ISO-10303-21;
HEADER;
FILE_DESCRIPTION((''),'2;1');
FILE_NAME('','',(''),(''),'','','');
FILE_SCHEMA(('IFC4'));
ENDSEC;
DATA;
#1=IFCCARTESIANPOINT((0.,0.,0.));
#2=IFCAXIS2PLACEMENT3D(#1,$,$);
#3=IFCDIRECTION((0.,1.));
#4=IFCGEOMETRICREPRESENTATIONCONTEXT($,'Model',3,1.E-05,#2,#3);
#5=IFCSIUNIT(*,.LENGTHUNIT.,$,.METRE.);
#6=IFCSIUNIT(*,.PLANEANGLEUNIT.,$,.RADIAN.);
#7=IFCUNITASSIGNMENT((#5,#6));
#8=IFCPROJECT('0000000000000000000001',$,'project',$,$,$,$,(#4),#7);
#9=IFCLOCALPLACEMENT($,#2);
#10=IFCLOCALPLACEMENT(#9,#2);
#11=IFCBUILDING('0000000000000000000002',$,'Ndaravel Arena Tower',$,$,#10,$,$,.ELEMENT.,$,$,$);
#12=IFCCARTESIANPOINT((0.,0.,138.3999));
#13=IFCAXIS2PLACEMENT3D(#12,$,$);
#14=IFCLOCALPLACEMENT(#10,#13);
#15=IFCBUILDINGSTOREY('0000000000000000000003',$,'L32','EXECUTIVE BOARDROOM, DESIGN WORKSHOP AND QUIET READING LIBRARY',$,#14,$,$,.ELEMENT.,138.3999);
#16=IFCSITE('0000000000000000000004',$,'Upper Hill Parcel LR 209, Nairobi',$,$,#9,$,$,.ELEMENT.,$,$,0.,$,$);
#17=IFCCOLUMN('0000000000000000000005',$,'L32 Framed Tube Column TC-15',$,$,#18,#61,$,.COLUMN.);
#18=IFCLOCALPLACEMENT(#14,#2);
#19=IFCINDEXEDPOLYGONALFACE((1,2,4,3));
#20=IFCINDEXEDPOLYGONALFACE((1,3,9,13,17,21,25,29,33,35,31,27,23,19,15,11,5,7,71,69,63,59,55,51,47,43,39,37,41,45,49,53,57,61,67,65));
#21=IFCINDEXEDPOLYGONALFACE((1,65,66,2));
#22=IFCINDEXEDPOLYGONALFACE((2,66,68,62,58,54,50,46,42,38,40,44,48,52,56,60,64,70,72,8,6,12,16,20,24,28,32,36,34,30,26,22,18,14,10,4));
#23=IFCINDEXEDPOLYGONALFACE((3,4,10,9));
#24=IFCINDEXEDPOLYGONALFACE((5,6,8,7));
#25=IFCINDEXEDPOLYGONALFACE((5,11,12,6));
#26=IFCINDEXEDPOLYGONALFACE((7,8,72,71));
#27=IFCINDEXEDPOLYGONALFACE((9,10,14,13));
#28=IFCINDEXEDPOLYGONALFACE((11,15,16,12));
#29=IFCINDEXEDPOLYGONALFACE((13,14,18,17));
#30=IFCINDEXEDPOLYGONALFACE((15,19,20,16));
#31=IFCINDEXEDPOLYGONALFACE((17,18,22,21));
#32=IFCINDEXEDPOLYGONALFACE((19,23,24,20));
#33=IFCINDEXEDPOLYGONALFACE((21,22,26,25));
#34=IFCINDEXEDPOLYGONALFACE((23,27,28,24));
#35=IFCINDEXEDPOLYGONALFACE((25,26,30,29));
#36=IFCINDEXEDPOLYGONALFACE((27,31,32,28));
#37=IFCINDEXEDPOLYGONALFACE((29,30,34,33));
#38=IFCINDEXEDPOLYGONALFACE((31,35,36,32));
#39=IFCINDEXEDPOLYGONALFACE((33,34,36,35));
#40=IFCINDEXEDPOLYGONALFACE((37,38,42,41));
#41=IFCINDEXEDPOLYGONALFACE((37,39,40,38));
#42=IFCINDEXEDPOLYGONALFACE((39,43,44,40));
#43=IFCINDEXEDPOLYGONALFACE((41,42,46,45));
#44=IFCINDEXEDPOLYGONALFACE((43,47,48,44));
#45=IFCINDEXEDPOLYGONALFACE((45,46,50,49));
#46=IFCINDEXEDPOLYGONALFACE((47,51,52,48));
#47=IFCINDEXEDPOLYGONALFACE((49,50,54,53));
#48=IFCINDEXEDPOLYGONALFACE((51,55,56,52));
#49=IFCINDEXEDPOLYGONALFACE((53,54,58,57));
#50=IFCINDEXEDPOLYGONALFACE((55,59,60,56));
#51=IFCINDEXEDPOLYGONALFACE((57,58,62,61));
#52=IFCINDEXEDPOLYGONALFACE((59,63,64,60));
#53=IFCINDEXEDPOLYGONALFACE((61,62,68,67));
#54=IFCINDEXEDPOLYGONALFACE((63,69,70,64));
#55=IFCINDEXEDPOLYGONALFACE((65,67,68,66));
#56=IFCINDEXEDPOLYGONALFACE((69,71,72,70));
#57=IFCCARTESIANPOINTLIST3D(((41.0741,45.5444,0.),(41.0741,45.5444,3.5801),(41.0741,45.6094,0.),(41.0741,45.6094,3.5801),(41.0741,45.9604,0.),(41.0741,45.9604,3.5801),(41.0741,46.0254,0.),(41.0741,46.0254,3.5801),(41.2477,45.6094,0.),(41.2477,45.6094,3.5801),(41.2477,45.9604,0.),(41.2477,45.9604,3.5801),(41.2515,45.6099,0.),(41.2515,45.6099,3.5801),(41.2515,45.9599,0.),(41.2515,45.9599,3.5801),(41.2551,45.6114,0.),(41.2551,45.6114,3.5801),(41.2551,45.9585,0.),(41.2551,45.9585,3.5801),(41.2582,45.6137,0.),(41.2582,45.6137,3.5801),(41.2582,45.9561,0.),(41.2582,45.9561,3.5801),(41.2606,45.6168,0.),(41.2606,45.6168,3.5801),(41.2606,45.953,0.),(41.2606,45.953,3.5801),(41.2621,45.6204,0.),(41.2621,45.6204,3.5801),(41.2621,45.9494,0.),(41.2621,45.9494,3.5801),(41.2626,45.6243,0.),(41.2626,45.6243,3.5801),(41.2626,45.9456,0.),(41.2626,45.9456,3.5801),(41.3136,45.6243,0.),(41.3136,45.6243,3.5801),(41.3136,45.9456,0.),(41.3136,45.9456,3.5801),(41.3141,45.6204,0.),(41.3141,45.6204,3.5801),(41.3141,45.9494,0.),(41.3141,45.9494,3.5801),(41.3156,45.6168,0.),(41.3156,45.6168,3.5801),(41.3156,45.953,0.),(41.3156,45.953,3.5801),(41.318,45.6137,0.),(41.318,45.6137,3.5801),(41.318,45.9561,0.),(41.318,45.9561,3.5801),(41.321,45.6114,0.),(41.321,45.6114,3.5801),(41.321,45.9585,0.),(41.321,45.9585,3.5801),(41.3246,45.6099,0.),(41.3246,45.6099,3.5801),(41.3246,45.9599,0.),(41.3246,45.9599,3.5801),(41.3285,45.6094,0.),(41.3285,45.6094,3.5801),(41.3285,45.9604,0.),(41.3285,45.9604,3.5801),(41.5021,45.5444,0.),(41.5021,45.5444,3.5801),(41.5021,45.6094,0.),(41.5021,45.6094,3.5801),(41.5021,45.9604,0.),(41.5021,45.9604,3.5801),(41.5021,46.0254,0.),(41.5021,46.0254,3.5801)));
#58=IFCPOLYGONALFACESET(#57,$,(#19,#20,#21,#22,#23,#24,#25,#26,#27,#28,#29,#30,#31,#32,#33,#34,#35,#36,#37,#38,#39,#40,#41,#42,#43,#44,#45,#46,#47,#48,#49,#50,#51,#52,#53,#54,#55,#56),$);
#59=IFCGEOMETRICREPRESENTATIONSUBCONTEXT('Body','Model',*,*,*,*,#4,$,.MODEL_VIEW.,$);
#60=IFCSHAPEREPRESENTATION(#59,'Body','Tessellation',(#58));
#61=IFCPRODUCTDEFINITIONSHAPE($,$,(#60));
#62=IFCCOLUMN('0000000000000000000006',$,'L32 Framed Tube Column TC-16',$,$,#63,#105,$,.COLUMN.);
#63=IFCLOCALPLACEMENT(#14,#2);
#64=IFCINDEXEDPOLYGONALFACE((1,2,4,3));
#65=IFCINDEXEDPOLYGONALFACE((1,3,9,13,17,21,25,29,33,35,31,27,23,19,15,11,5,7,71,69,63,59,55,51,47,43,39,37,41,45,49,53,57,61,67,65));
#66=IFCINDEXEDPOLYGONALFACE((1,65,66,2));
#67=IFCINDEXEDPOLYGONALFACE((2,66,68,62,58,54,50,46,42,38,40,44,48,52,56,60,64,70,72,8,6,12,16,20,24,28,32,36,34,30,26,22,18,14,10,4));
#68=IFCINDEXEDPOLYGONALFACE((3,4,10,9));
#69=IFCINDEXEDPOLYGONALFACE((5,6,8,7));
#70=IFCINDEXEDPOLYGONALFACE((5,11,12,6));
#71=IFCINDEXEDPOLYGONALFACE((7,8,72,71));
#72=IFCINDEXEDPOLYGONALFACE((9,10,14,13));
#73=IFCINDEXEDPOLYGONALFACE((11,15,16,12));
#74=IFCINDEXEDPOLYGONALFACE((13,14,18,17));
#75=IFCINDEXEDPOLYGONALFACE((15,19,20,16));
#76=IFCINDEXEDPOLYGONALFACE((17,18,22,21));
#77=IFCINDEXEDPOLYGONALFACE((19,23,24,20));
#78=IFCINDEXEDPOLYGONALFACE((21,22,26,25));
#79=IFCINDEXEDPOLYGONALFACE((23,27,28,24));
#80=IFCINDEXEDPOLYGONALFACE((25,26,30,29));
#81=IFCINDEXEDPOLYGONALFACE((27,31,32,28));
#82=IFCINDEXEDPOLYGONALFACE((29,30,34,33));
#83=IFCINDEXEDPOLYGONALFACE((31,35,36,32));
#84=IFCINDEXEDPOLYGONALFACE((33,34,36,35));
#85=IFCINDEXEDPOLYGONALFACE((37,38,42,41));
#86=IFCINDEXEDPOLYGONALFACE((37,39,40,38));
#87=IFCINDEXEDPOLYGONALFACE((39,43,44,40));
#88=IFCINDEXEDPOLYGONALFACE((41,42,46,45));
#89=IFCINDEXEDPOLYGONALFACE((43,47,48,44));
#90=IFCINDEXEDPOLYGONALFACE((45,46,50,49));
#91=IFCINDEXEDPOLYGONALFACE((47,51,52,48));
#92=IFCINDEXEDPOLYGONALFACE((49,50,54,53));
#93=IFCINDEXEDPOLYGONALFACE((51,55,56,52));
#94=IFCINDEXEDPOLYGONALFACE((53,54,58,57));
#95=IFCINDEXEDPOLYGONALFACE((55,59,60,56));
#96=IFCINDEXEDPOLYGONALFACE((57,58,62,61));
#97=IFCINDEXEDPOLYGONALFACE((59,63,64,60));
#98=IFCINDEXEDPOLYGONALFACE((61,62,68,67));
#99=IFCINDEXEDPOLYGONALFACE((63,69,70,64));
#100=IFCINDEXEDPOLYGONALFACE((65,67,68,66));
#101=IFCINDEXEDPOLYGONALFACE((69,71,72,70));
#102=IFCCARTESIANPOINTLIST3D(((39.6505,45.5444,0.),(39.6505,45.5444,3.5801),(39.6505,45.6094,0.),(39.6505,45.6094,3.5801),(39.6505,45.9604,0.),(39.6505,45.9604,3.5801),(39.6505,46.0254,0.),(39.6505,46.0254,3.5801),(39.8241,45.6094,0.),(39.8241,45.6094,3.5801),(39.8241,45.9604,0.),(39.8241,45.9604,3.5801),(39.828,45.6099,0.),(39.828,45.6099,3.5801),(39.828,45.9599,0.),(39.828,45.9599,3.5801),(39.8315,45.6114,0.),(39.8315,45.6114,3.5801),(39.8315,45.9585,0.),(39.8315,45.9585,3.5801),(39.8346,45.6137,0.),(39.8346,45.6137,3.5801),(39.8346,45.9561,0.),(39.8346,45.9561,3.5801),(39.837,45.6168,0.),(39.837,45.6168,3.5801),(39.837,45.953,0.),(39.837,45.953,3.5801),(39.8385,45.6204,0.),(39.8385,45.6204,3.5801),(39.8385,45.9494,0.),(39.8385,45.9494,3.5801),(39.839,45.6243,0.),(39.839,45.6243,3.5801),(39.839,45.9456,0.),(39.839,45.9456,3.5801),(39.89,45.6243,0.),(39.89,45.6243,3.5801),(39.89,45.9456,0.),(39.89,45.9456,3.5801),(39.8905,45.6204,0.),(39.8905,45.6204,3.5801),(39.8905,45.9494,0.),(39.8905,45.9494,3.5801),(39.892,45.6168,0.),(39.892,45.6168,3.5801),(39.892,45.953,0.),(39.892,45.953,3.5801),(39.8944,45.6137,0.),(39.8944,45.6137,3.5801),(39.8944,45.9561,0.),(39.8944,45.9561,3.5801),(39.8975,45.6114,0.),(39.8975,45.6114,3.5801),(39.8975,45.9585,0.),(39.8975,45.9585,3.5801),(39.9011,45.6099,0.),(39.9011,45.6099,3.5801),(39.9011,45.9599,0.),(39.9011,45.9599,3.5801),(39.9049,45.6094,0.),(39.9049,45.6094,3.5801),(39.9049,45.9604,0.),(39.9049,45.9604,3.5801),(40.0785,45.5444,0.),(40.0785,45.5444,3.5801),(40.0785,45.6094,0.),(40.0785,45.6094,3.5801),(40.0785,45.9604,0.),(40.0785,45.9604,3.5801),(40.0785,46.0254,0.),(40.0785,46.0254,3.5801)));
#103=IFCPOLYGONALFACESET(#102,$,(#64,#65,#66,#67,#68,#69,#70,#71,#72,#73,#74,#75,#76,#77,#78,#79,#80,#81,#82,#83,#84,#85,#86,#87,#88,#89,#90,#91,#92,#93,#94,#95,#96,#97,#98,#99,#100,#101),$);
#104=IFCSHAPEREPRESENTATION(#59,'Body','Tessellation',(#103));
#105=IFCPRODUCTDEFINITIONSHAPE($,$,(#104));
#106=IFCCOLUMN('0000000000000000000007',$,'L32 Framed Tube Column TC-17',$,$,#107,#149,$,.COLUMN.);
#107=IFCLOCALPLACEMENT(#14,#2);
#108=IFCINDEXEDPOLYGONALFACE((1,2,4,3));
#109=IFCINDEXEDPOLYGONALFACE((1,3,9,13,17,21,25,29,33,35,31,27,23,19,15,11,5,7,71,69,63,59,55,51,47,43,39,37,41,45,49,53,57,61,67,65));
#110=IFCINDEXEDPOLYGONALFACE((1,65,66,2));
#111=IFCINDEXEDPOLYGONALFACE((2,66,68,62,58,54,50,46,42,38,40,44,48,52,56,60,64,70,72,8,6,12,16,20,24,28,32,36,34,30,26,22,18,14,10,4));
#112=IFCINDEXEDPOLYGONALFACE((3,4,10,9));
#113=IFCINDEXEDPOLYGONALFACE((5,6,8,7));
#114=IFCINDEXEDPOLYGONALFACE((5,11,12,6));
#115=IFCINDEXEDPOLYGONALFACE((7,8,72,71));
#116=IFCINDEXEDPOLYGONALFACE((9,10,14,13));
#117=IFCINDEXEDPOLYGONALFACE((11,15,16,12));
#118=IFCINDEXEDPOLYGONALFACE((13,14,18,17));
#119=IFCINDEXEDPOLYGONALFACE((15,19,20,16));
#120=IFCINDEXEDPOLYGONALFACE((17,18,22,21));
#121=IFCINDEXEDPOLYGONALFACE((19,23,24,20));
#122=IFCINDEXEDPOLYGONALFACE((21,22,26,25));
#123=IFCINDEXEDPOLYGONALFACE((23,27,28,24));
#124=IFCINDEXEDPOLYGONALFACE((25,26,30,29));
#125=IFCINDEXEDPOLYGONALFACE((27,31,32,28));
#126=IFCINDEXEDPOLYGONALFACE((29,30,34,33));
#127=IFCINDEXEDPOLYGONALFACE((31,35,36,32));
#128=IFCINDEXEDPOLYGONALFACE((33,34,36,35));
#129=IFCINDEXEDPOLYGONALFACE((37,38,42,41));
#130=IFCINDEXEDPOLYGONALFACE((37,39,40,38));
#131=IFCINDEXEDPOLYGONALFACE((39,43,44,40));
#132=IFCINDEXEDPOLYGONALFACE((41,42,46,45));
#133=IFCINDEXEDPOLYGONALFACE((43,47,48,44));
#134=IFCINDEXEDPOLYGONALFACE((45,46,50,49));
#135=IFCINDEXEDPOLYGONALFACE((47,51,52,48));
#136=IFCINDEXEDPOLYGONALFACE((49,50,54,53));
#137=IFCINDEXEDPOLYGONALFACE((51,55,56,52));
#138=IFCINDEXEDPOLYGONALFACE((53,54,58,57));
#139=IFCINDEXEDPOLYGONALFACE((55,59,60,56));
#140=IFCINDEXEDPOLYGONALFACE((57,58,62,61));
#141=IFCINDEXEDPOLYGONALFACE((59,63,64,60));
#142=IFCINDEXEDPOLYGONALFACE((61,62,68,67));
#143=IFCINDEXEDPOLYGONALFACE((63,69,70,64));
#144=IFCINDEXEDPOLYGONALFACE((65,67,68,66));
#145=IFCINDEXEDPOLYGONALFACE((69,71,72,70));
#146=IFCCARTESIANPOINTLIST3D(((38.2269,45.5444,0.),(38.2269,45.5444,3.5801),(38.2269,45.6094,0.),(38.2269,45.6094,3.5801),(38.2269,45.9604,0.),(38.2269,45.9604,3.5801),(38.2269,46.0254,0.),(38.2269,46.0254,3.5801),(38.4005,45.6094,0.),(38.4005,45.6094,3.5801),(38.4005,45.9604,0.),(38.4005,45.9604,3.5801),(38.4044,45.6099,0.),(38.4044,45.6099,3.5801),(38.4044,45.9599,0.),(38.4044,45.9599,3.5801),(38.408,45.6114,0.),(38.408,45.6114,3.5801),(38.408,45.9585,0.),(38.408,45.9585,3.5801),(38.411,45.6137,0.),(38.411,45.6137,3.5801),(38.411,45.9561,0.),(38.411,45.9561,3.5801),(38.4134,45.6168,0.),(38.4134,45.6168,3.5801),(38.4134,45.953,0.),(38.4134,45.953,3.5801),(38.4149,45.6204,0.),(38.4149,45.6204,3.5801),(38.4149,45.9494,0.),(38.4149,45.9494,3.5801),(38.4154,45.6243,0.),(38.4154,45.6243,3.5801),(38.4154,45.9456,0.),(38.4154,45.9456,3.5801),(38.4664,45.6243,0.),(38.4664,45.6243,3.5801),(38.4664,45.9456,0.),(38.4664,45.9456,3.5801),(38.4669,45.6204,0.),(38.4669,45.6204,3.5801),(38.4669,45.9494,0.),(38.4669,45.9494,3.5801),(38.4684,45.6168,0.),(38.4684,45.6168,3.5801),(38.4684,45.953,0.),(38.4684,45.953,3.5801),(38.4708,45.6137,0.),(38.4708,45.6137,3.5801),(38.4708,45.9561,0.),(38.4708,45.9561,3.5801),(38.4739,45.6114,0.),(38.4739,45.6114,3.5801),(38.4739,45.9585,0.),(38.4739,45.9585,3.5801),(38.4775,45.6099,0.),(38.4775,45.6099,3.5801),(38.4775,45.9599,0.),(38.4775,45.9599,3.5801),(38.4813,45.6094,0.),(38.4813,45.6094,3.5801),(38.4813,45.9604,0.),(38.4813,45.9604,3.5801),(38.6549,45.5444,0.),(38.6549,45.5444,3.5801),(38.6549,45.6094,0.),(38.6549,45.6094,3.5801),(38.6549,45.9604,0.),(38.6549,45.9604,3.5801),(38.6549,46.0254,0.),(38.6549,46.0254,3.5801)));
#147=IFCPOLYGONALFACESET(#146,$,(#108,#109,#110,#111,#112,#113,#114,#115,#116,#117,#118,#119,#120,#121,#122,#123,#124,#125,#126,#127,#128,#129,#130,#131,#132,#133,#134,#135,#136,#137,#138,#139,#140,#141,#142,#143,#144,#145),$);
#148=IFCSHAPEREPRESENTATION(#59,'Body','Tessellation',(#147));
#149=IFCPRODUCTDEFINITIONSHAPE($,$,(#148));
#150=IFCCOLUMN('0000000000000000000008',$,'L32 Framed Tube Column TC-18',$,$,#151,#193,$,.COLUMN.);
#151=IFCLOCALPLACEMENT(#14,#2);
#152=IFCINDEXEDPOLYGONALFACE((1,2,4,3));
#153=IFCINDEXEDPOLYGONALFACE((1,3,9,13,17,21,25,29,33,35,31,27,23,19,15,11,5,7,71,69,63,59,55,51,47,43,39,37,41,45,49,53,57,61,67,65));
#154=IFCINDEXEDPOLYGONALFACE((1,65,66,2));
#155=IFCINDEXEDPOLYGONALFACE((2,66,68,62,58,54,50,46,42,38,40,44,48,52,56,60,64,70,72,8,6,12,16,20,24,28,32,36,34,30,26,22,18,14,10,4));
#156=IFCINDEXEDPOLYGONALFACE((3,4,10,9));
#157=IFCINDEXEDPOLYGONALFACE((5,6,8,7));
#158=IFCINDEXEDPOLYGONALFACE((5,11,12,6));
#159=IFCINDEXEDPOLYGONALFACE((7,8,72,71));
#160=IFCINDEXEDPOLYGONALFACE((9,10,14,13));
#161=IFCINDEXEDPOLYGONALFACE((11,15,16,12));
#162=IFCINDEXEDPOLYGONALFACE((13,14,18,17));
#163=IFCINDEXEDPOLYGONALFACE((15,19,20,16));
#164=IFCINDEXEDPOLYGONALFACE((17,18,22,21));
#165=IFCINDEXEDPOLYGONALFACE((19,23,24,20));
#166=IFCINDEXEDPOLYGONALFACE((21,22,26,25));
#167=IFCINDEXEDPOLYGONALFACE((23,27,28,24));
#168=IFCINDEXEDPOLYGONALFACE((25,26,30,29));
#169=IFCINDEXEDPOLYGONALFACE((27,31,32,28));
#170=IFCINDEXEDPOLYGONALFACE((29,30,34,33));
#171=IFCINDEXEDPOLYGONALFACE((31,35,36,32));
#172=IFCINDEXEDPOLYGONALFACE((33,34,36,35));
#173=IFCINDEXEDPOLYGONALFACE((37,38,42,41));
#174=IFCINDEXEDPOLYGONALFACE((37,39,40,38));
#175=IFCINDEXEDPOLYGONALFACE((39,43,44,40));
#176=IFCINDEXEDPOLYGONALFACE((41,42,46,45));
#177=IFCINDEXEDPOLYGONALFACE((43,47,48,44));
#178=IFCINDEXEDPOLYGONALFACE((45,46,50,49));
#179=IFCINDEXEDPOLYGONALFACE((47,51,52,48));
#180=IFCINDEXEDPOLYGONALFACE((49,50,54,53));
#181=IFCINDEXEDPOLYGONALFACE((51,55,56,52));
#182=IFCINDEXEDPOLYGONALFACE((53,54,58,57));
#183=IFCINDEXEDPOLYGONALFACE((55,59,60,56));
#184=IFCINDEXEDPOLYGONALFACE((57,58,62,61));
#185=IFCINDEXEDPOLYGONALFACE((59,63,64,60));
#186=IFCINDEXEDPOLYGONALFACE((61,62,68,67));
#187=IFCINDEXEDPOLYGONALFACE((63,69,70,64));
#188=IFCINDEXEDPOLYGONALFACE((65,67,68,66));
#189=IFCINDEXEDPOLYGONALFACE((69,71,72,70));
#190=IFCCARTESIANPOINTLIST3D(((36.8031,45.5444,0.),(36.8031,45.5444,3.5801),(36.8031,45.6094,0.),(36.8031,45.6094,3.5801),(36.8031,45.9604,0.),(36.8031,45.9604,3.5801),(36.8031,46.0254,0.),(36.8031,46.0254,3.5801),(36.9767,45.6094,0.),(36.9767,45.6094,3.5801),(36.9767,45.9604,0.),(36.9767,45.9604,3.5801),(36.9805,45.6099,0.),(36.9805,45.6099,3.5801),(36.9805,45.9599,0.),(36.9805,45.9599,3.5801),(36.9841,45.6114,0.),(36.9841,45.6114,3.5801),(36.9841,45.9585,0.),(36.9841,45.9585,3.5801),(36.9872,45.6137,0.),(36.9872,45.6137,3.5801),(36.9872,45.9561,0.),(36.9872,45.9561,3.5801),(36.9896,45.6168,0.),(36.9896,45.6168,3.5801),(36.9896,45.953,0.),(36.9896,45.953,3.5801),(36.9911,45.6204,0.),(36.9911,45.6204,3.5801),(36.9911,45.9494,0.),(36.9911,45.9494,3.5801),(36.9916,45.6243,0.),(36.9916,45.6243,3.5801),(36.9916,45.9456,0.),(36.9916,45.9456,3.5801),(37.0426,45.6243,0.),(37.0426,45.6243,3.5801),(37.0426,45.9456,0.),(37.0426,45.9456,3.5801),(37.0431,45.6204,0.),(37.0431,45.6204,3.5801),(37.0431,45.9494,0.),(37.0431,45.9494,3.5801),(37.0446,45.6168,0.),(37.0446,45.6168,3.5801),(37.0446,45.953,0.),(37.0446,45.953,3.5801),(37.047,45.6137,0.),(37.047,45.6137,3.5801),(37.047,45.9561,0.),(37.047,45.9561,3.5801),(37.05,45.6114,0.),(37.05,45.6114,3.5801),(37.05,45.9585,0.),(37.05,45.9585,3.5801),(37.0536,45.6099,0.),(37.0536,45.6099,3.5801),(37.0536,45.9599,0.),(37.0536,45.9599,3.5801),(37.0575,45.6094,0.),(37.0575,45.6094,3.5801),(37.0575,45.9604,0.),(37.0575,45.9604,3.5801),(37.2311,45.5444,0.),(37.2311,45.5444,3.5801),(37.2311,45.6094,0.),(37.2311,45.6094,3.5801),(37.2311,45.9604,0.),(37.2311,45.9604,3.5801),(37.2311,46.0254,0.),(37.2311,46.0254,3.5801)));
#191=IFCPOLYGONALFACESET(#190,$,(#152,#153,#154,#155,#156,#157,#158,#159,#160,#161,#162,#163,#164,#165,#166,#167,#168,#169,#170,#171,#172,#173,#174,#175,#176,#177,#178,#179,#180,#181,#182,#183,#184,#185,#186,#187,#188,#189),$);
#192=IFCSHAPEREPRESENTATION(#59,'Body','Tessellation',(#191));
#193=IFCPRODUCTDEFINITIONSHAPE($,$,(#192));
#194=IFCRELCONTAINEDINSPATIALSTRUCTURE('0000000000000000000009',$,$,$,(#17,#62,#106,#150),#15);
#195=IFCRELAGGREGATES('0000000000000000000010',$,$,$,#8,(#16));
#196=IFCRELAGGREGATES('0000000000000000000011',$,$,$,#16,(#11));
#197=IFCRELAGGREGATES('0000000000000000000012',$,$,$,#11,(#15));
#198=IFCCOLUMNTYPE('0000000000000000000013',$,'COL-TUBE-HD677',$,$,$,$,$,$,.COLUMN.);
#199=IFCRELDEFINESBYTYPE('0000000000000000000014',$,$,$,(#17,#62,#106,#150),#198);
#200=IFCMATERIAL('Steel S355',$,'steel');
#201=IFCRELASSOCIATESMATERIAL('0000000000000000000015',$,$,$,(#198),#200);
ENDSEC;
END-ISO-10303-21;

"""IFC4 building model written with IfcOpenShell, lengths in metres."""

from ifc_helpers import new_model, si_unit, direction, frame, origin, origin_2d, place, context, subcontext, project, spatial, i_section, extrude, material, material_profile, profile_set, type_object, element, save


model = new_model("IFC4")

# Units and contexts
model_context = context("Model", 3, precision=1e-05, world=origin(), true_north=direction((0.0, 1.0)))
body_context = subcontext(model_context, "Body", "Model", "MODEL_VIEW")
ifc_project = project(units=[si_unit("LENGTHUNIT", "METRE"), si_unit("PLANEANGLEUNIT", "RADIAN")], contexts=[model_context])

# Site, building, storey
site_placement = place(None, origin())
site = spatial("IfcSite", under=ifc_project, at=site_placement, Name="Upper Hill Parcel LR 209, Nairobi", CompositionType="ELEMENT", RefElevation=0.0)
building_placement = place(site_placement, origin())
building = spatial("IfcBuilding", under=site, at=building_placement, Name="Ndaravel Arena Tower", CompositionType="ELEMENT")
storey_placement = place(building_placement, frame((0.0, 0.0, 138.3999)))
storey = spatial("IfcBuildingStorey", under=building, at=storey_placement, Name="L32", Description="EXECUTIVE BOARDROOM, DESIGN WORKSHOP AND QUIET READING LIBRARY", CompositionType="ELEMENT", Elevation=138.3999)

# Columns
ifc_material_1 = material(Name="Steel S355", Category="steel")
ifc_material_profile_1 = material_profile(ifc_material_1, i_section(OverallWidth=0.428, OverallDepth=0.481, WebThickness=0.051, FlangeThickness=0.0649, FilletRadius=0.0149, at=origin_2d()), Name="HD 400x677")
ifc_profile_set_1 = profile_set([ifc_material_profile_1], Name="Steel S355")
column_type = type_object("IfcColumnType", Name="COL-TUBE-HD677", PredefinedType="COLUMN", material=ifc_profile_set_1)
for number, where, z_axis, x_axis, name in (
    (1, (41.2881, 45.7849, 0.0), (0.0, 0.0, 1.0), (1.0, 0.0, 0.0), "L32 Framed Tube Column TC-15"),
    (2, (39.8645, 45.7849, 0.0), (0.0, 0.0, 1.0), (1.0, 0.0, 0.0), "L32 Framed Tube Column TC-16"),
    (3, (38.4409, 45.7849, 0.0), (0.0, 0.0, 1.0), (1.0, 0.0, 0.0), "L32 Framed Tube Column TC-17"),
    (4, (37.0171, 45.7849, 0.0), (0.0, 0.0, 1.0), (1.0, 0.0, 0.0), "L32 Framed Tube Column TC-18"),
):
    element("IfcColumn", number, at=place(storey_placement, frame(where, z_axis=z_axis, x_axis=x_axis)), inside=storey, type_object=column_type, Name=name, PredefinedType="COLUMN", context=body_context, shape_type="SweptSolid", body=[
        extrude(i_section(OverallWidth=0.428, OverallDepth=0.481, WebThickness=0.051, FlangeThickness=0.0649, FilletRadius=0.0149, at=origin_2d()), origin(), (0.0, 0.0, 1.0), 3.5801),
    ])

save(model, "model.ifc")
